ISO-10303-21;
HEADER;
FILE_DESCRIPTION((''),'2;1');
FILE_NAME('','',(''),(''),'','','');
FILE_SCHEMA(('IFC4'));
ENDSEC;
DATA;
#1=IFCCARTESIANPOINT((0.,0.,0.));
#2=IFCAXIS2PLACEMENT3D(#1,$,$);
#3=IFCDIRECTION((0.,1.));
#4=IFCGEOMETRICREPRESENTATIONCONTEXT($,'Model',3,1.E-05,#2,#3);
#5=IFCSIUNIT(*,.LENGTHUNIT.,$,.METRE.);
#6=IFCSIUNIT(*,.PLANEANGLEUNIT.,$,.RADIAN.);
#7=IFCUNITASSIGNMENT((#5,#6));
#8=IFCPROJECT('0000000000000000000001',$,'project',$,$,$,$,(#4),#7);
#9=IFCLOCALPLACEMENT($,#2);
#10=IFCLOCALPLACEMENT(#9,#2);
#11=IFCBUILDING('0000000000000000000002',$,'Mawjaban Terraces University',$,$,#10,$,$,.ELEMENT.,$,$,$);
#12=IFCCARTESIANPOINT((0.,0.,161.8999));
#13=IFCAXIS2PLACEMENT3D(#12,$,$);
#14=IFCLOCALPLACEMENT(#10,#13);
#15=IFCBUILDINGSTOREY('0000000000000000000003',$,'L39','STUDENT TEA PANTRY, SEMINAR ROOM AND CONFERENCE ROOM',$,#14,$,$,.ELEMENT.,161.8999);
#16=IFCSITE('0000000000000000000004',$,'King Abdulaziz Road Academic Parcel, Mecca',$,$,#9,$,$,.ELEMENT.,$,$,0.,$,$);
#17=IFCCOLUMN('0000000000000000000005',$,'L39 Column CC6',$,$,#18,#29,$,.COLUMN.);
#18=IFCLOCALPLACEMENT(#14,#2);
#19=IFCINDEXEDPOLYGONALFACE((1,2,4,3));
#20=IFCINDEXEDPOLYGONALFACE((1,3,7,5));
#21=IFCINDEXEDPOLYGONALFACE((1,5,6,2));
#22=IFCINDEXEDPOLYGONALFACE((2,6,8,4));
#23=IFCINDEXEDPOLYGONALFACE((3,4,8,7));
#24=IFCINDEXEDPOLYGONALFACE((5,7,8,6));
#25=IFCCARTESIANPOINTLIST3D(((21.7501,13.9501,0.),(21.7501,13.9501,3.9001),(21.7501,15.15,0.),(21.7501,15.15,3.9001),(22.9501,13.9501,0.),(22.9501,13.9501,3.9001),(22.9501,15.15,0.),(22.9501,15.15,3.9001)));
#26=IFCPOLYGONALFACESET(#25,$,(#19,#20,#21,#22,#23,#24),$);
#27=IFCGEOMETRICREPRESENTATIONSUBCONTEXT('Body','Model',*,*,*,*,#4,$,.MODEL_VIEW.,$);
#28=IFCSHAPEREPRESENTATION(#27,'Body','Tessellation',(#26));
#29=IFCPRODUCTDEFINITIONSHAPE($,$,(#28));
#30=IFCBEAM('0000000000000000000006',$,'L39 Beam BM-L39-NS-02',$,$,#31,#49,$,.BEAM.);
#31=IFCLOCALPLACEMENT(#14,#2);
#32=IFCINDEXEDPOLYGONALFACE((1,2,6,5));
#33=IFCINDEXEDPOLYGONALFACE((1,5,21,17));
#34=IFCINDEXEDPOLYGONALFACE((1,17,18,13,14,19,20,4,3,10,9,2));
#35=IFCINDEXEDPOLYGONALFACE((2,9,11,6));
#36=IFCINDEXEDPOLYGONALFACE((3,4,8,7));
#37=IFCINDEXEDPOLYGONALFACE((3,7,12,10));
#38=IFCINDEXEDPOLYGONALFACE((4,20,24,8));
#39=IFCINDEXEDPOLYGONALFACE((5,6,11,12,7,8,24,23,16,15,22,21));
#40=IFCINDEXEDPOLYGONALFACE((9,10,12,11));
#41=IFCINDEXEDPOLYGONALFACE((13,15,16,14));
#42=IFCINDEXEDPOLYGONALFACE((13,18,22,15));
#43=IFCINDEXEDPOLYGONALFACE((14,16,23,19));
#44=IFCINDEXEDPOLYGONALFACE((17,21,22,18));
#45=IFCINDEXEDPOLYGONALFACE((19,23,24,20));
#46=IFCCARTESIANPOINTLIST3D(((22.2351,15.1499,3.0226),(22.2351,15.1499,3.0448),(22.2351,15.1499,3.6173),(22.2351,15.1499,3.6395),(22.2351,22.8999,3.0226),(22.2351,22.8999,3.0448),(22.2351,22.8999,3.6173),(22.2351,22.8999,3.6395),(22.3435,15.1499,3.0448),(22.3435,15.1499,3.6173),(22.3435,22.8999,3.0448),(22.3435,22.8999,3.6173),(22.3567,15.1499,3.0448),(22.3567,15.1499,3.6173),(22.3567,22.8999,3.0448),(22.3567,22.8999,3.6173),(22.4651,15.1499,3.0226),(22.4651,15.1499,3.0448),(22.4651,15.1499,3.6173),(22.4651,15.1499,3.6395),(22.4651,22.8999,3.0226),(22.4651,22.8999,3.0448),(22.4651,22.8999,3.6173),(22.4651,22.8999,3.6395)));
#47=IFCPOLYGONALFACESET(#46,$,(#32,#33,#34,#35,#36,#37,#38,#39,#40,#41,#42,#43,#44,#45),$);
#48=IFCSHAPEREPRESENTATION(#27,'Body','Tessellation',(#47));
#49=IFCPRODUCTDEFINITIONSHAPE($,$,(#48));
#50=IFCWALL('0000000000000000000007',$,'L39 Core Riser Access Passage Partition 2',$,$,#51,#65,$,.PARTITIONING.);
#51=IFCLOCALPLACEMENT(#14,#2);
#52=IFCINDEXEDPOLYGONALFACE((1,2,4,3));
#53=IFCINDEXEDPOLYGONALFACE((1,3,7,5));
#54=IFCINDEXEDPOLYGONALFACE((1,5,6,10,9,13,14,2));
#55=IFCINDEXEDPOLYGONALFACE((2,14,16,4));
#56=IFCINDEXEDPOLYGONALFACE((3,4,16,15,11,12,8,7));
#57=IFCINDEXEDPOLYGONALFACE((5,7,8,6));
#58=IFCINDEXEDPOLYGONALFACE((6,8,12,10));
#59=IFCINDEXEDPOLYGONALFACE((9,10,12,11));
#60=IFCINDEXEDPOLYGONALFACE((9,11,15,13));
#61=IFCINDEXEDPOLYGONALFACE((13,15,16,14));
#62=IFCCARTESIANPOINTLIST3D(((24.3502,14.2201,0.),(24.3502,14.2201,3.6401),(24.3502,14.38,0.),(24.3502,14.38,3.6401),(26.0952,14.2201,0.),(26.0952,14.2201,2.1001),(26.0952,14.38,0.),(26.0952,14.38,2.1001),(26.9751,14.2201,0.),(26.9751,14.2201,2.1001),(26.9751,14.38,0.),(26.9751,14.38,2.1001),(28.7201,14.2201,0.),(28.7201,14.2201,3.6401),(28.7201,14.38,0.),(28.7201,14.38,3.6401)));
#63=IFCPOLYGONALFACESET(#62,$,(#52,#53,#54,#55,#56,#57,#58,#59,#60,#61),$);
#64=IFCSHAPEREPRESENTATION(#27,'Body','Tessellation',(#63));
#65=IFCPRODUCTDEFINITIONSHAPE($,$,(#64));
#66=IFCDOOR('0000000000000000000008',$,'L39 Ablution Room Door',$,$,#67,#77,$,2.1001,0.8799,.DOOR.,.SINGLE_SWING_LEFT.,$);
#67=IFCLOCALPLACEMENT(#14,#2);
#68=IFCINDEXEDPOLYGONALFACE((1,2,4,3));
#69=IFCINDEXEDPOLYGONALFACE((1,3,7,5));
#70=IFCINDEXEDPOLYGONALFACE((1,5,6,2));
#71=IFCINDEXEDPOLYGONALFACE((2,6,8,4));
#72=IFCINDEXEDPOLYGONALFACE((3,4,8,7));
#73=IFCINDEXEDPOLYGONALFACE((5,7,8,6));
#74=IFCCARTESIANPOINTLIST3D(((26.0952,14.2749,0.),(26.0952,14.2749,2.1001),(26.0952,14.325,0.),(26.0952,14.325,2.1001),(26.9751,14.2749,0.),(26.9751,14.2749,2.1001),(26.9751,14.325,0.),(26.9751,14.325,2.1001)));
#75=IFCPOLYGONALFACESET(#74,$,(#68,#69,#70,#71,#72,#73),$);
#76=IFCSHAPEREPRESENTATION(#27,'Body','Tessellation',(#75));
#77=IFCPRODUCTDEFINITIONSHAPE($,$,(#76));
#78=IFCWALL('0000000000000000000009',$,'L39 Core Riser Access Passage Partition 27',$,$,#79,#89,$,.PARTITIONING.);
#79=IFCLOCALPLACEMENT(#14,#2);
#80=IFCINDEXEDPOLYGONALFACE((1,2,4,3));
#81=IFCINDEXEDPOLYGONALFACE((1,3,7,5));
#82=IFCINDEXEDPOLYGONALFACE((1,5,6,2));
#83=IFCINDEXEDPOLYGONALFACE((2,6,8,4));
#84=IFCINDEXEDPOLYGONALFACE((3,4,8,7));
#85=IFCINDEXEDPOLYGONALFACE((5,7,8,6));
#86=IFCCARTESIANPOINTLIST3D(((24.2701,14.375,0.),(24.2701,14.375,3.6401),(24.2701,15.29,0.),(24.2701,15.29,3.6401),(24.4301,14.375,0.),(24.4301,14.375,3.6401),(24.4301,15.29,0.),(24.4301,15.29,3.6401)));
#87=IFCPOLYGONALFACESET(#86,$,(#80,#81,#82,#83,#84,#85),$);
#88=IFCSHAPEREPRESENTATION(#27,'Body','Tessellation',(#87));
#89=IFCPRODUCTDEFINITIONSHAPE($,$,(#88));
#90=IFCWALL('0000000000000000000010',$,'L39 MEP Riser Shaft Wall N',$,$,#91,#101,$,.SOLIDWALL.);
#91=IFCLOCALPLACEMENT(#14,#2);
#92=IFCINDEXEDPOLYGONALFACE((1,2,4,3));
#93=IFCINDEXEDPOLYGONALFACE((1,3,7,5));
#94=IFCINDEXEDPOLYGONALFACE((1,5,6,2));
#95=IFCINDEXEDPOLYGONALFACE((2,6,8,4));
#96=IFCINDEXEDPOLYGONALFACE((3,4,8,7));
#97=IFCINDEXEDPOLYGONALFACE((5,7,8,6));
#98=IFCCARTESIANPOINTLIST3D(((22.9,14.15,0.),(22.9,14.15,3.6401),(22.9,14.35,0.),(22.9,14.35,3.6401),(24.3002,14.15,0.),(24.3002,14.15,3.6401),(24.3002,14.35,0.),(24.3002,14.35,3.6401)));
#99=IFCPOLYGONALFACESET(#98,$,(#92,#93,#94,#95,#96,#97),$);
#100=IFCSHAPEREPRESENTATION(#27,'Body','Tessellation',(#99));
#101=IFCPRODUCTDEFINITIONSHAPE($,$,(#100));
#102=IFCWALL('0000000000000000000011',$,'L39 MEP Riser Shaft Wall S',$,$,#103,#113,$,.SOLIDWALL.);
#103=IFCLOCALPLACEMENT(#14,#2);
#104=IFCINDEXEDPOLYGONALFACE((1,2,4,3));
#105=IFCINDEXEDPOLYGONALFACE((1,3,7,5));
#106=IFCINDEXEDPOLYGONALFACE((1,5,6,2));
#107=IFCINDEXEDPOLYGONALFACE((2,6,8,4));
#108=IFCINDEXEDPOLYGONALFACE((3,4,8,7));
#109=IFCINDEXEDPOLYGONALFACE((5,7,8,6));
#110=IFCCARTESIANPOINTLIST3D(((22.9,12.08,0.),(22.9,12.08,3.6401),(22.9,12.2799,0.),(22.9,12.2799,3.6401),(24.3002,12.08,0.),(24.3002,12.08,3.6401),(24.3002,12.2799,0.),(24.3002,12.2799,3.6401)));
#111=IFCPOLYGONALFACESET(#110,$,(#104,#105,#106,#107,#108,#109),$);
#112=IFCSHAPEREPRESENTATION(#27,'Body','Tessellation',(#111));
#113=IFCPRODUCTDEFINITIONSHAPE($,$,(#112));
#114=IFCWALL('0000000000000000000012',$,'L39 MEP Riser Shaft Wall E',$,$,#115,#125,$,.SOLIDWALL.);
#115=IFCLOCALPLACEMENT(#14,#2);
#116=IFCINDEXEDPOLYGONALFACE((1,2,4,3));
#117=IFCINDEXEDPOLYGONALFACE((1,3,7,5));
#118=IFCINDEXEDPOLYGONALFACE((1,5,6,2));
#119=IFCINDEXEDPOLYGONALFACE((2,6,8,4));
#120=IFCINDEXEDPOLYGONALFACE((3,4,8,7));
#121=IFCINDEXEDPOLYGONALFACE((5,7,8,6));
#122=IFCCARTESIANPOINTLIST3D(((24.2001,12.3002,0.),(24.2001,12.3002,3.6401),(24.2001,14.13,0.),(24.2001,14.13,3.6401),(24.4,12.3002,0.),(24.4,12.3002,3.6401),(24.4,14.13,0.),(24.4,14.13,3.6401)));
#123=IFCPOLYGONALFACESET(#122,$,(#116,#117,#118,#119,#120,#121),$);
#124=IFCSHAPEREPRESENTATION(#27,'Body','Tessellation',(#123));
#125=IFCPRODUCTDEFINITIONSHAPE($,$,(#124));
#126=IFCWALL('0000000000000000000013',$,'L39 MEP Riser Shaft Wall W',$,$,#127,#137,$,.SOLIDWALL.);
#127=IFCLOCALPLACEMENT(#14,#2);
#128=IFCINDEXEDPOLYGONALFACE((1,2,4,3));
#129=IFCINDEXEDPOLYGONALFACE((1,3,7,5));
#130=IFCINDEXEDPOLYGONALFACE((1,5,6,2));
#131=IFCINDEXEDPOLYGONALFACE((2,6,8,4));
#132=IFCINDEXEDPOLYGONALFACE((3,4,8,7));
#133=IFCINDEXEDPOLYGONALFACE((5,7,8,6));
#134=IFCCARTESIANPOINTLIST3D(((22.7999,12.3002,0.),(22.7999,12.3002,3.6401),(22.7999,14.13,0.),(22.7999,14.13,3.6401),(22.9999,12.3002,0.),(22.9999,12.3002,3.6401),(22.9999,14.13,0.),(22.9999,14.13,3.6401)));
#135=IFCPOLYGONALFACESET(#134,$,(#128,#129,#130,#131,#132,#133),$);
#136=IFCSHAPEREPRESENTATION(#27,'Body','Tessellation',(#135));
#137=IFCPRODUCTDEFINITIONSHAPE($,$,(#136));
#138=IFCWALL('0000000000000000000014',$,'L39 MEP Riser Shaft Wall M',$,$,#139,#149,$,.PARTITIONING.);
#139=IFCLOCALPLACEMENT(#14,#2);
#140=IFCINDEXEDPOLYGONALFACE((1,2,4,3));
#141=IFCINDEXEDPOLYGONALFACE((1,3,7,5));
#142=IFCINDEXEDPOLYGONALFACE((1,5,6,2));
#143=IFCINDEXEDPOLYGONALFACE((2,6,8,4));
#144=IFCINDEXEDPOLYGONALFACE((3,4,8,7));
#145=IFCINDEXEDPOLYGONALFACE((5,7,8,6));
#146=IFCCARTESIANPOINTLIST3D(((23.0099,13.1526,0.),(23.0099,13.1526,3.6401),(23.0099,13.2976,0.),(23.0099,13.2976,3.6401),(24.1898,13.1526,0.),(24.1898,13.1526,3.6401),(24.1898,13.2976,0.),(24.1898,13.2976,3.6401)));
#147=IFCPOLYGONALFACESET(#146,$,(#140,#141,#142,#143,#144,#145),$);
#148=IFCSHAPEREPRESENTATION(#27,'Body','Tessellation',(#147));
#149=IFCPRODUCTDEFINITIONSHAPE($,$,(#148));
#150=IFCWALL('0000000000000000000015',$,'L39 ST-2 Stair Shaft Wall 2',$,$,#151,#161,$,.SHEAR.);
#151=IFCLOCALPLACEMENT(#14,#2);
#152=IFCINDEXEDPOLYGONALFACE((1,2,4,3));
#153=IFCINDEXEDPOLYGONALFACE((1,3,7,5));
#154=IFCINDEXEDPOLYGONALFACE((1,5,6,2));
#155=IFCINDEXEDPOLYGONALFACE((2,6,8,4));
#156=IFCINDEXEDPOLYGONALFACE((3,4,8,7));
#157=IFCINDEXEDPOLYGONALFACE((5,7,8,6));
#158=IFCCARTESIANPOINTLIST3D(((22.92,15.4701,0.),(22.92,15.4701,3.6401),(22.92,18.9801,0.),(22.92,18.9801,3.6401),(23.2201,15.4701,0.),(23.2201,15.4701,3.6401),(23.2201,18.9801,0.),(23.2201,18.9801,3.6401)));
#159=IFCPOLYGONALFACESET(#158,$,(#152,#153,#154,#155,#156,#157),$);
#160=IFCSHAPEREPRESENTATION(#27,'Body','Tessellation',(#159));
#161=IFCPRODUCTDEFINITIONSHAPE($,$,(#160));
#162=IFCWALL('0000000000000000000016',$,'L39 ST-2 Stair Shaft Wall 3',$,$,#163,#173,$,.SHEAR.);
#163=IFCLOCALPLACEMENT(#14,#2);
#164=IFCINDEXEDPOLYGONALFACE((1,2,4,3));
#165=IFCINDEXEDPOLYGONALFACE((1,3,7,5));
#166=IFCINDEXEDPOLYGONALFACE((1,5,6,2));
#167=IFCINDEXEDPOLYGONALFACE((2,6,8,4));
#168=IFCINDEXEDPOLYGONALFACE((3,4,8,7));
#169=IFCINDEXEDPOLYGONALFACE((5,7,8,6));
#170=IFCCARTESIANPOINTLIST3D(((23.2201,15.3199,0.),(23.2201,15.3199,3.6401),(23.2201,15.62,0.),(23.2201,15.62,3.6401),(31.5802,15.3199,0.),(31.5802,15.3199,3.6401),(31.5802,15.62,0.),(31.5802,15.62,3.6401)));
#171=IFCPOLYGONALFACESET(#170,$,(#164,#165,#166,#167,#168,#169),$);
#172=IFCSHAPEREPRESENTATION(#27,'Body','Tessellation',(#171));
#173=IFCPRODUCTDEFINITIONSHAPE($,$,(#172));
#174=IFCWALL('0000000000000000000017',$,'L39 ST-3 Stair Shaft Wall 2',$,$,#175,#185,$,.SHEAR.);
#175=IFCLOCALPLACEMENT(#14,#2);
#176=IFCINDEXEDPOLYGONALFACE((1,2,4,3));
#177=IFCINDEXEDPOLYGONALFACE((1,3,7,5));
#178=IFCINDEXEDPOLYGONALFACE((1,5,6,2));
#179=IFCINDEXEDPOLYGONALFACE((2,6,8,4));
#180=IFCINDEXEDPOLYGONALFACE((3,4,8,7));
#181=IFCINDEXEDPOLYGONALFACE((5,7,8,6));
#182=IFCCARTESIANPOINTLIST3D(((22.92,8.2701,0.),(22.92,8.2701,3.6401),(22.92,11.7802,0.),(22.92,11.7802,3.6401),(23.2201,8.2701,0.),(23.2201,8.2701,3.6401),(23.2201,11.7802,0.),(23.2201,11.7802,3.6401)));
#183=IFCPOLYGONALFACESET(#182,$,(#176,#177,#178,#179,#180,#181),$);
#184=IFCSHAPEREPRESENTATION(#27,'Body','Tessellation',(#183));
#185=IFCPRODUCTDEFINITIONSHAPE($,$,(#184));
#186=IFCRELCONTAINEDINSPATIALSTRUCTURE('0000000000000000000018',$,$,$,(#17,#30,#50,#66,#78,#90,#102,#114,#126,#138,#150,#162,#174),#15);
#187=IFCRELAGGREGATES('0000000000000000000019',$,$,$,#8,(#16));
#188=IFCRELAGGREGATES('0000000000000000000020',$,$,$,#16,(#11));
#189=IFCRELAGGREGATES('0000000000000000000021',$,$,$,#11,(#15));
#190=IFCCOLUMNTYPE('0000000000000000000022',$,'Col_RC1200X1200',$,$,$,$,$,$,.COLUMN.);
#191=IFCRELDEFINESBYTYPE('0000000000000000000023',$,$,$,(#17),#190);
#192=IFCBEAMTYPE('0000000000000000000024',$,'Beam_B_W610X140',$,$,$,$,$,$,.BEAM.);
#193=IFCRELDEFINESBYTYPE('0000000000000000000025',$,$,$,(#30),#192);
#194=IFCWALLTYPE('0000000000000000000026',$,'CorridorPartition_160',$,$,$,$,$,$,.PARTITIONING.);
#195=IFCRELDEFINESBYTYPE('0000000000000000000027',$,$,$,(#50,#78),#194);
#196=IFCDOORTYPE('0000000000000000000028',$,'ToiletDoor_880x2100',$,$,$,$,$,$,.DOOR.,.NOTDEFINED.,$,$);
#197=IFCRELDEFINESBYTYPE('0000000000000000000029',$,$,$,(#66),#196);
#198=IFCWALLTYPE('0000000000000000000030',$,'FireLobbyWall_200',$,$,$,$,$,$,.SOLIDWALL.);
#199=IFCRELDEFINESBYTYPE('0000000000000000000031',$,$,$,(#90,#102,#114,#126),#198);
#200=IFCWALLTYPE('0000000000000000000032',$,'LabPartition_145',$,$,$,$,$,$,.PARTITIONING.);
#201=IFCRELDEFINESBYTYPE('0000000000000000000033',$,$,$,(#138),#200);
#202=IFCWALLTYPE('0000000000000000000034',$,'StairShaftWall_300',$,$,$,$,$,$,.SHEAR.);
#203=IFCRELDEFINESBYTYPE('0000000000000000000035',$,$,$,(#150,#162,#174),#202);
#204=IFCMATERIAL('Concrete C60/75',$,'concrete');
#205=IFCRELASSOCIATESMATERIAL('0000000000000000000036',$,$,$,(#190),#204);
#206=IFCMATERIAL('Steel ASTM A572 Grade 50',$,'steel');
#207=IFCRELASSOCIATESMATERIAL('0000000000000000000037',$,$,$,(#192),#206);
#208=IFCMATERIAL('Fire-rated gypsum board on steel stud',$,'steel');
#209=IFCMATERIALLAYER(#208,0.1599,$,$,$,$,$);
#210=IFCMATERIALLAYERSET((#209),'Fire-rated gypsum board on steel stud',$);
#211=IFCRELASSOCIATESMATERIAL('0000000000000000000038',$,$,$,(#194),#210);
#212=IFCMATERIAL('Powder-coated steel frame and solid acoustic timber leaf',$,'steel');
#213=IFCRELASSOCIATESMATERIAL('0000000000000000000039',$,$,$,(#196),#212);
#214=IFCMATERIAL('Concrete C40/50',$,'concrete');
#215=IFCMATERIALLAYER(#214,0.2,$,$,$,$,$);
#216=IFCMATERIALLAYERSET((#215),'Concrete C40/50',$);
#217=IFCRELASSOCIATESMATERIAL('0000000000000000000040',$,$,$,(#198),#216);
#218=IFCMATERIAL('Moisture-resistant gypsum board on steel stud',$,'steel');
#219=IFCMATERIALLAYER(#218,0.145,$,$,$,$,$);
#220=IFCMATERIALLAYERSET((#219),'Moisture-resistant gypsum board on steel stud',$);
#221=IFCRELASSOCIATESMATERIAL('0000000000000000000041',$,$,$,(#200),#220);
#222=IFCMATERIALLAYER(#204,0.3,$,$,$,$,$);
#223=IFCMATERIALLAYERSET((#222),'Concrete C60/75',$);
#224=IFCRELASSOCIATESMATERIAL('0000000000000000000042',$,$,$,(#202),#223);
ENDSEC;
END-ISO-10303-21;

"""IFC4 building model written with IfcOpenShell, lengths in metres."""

from ifc_helpers import new_model, si_unit, direction, frame, frame_2d, origin, origin_2d, place, context, subcontext, project, spatial, rectangle, i_section, extrude, material, layer, layer_set, material_profile, profile_set, type_object, element, fill, save


model = new_model("IFC4")

# Units and contexts
model_context = context("Model", 3, precision=1e-05, world=origin(), true_north=direction((0.0, 1.0)))
body_context = subcontext(model_context, "Body", "Model", "MODEL_VIEW")
ifc_project = project(units=[si_unit("LENGTHUNIT", "METRE"), si_unit("PLANEANGLEUNIT", "RADIAN")], contexts=[model_context])

# Site, building, storey
site_placement = place(None, origin())
site = spatial("IfcSite", under=ifc_project, at=site_placement, Name="King Abdulaziz Road Academic Parcel, Mecca", CompositionType="ELEMENT", RefElevation=0.0)
building_placement = place(site_placement, origin())
building = spatial("IfcBuilding", under=site, at=building_placement, Name="Mawjaban Terraces University", CompositionType="ELEMENT")
storey_placement = place(building_placement, frame((0.0, 0.0, 161.8999)))
storey = spatial("IfcBuildingStorey", under=building, at=storey_placement, Name="L39", Description="STUDENT TEA PANTRY, SEMINAR ROOM AND CONFERENCE ROOM", CompositionType="ELEMENT", Elevation=161.8999)

# Column
ifc_material_1 = material(Name="Concrete C60/75", Category="concrete")
ifc_material_profile_1 = material_profile(ifc_material_1, rectangle(XDim=1.2, YDim=1.2, at=origin_2d()), Name="RC1200X1200")
ifc_profile_set_1 = profile_set([ifc_material_profile_1], Name="Concrete C60/75")
column_type = type_object("IfcColumnType", Name="Col_RC1200X1200", PredefinedType="COLUMN", material=ifc_profile_set_1)
column_placement = place(storey_placement, frame((22.3501, 14.55, 0.0), z_axis=(0.0, 0.0, 1.0), x_axis=(1.0, 0.0, 0.0)))
element("IfcColumn", 1, at=column_placement, inside=storey, type_object=column_type, Name="L39 Column CC6", PredefinedType="COLUMN", context=body_context, shape_type="SweptSolid", body=[
    extrude(rectangle(XDim=1.2, YDim=1.2, at=origin_2d()), origin(), (0.0, 0.0, 1.0), 3.9001),
])

# Beam
ifc_material_2 = material(Name="Steel ASTM A572 Grade 50", Category="steel")
ifc_material_profile_2 = material_profile(ifc_material_2, i_section(OverallWidth=0.23, OverallDepth=0.6169, WebThickness=0.0132, FlangeThickness=0.0222, at=origin_2d()), Name="W610X140")
ifc_profile_set_2 = profile_set([ifc_material_profile_2], Name="Steel ASTM A572 Grade 50")
beam_type = type_object("IfcBeamType", Name="Beam_B_W610X140", PredefinedType="BEAM", material=ifc_profile_set_2)
beam_placement = place(storey_placement, frame((22.3501, 15.1499, 3.3311), z_axis=(0.0, 1.0, 0.0), x_axis=(-1.0, 0.0, 0.0)))
element("IfcBeam", 2, at=beam_placement, inside=storey, type_object=beam_type, Name="L39 Beam BM-L39-NS-02", PredefinedType="BEAM", context=body_context, shape_type="SweptSolid", body=[
    extrude(i_section(OverallWidth=0.23, OverallDepth=0.6169, WebThickness=0.0132, FlangeThickness=0.0222, at=origin_2d()), origin(), (0.0, 0.0, 1.0), 7.75),
])

# Wall, opening, door
ifc_material_3 = material(Name="Fire-rated gypsum board on steel stud", Category="steel")
ifc_layer_1 = layer(ifc_material_3, 0.1599)
ifc_layer_set_1 = layer_set([ifc_layer_1], Name="Fire-rated gypsum board on steel stud")
wall_type_1 = type_object("IfcWallType", Name="CorridorPartition_160", PredefinedType="PARTITIONING", material=ifc_layer_set_1)
wall_1_placement = place(storey_placement, frame((24.3501, 14.3, 0.0), z_axis=(0.0, 0.0, 1.0), x_axis=(1.0, 0.0, 0.0)))
wall_1 = element("IfcWall", 3, at=wall_1_placement, inside=storey, type_object=wall_type_1, Name="L39 Core Riser Access Passage Partition 2", PredefinedType="PARTITIONING", context=body_context, shape_type="SweptSolid", body=[
    extrude(rectangle(XDim=4.3699, YDim=0.1599, at=frame_2d((2.1851, 0.0))), origin(), (0.0, 0.0, 1.0), 3.6401),
])
opening_placement = place(wall_1_placement, frame((1.7451, 0.0, 0.0)))
opening = element("IfcOpeningElement", 4, at=opening_placement, cuts=wall_1, PredefinedType="OPENING", context=body_context, shape_type="SweptSolid", body=[
    extrude(rectangle(XDim=0.8799, YDim=2.1001, at=frame_2d((0.4399, 1.05))), frame((0.0, 0.0898, 0.0), z_axis=(0.0, -1.0, 0.0), x_axis=(1.0, 0.0, 0.0)), (0.0, 0.0, 1.0), 0.1799),
])
ifc_material_4 = material(Name="Powder-coated steel frame and solid acoustic timber leaf", Category="steel")
door_type = type_object("IfcDoorType", Name="ToiletDoor_880x2100", OperationType="NOTDEFINED", PredefinedType="DOOR", material=ifc_material_4)
door_placement = place(opening_placement, origin())
door = element("IfcDoor", 5, at=door_placement, inside=storey, type_object=door_type, Name="L39 Ablution Room Door", OperationType="SINGLE_SWING_LEFT", OverallHeight=2.1001, OverallWidth=0.8799, PredefinedType="DOOR", context=body_context, shape_type="SweptSolid", body=[
    extrude(rectangle(XDim=0.8799, YDim=2.1001, at=frame_2d((0.4399, 1.05))), frame((0.0, 0.0249, 0.0), z_axis=(0.0, -1.0, 0.0), x_axis=(1.0, 0.0, 0.0)), (0.0, 0.0, 1.0), 0.05),
])
fill(opening, door)

# Walls
wall_2_placement = place(storey_placement, frame((24.3501, 15.29, 0.0), z_axis=(0.0, 0.0, 1.0), x_axis=(0.0, -1.0, 0.0)))
element("IfcWall", 6, at=wall_2_placement, inside=storey, type_object=wall_type_1, Name="L39 Core Riser Access Passage Partition 27", PredefinedType="PARTITIONING", context=body_context, shape_type="SweptSolid", body=[
    extrude(rectangle(XDim=0.915, YDim=0.1599, at=frame_2d((0.4575, 0.0))), origin(), (0.0, 0.0, 1.0), 3.6401),
])
ifc_material_5 = material(Name="Concrete C40/50", Category="concrete")
ifc_layer_2 = layer(ifc_material_5, 0.2)
ifc_layer_set_2 = layer_set([ifc_layer_2], Name="Concrete C40/50")
wall_type_2 = type_object("IfcWallType", Name="FireLobbyWall_200", PredefinedType="SOLIDWALL", material=ifc_layer_set_2)
for number, where, z_axis, x_axis, name in (
    (7, (22.8999, 14.25, 0.0), (0.0, 0.0, 1.0), (1.0, 0.0, 0.0), "L39 MEP Riser Shaft Wall N"),
    (8, (22.8999, 12.1799, 0.0), (0.0, 0.0, 1.0), (1.0, 0.0, 0.0), "L39 MEP Riser Shaft Wall S"),
):
    element("IfcWall", number, at=place(storey_placement, frame(where, z_axis=z_axis, x_axis=x_axis)), inside=storey, type_object=wall_type_2, Name=name, PredefinedType="SOLIDWALL", context=body_context, shape_type="SweptSolid", body=[
        extrude(rectangle(XDim=1.4001, YDim=0.2, at=frame_2d((0.7002, 0.0))), origin(), (0.0, 0.0, 1.0), 3.6401),
    ])
for number, where, z_axis, x_axis, name in (
    (9, (24.3, 12.3, 0.0), (0.0, 0.0, 1.0), (0.0, 1.0, 0.0), "L39 MEP Riser Shaft Wall E"),
    (10, (22.8999, 12.3, 0.0), (0.0, 0.0, 1.0), (0.0, 1.0, 0.0), "L39 MEP Riser Shaft Wall W"),
):
    element("IfcWall", number, at=place(storey_placement, frame(where, z_axis=z_axis, x_axis=x_axis)), inside=storey, type_object=wall_type_2, Name=name, PredefinedType="SOLIDWALL", context=body_context, shape_type="SweptSolid", body=[
        extrude(rectangle(XDim=1.8298, YDim=0.2, at=frame_2d((0.915, 0.0))), origin(), (0.0, 0.0, 1.0), 3.6401),
    ])
ifc_material_6 = material(Name="Moisture-resistant gypsum board on steel stud", Category="steel")
ifc_layer_3 = layer(ifc_material_6, 0.145)
ifc_layer_set_3 = layer_set([ifc_layer_3], Name="Moisture-resistant gypsum board on steel stud")
wall_type_3 = type_object("IfcWallType", Name="LabPartition_145", PredefinedType="PARTITIONING", material=ifc_layer_set_3)
wall_3_placement = place(storey_placement, frame((23.01, 13.2251, 0.0), z_axis=(0.0, 0.0, 1.0), x_axis=(1.0, 0.0, 0.0)))
element("IfcWall", 11, at=wall_3_placement, inside=storey, type_object=wall_type_3, Name="L39 MEP Riser Shaft Wall M", PredefinedType="PARTITIONING", context=body_context, shape_type="SweptSolid", body=[
    extrude(rectangle(XDim=1.1799, YDim=0.145, at=frame_2d((0.5898, 0.0))), origin(), (0.0, 0.0, 1.0), 3.6401),
])
ifc_layer_4 = layer(ifc_material_1, 0.3)
ifc_layer_set_4 = layer_set([ifc_layer_4], Name="Concrete C60/75")
wall_type_4 = type_object("IfcWallType", Name="StairShaftWall_300", PredefinedType="SHEAR", material=ifc_layer_set_4)
wall_4_placement = place(storey_placement, frame((23.0701, 18.98, 0.0), z_axis=(0.0, 0.0, 1.0), x_axis=(0.0, -1.0, 0.0)))
element("IfcWall", 12, at=wall_4_placement, inside=storey, type_object=wall_type_4, Name="L39 ST-2 Stair Shaft Wall 2", PredefinedType="SHEAR", context=body_context, shape_type="SweptSolid", body=[
    extrude(rectangle(XDim=3.51, YDim=0.3, at=frame_2d((1.7549, 0.0))), origin(), (0.0, 0.0, 1.0), 3.6401),
])
wall_5_placement = place(storey_placement, frame((23.22, 15.47, 0.0), z_axis=(0.0, 0.0, 1.0), x_axis=(1.0, 0.0, 0.0)))
element("IfcWall", 13, at=wall_5_placement, inside=storey, type_object=wall_type_4, Name="L39 ST-2 Stair Shaft Wall 3", PredefinedType="SHEAR", context=body_context, shape_type="SweptSolid", body=[
    extrude(rectangle(XDim=8.3601, YDim=0.3, at=frame_2d((4.1802, 0.0))), origin(), (0.0, 0.0, 1.0), 3.6401),
])
wall_6_placement = place(storey_placement, frame((23.0701, 11.78, 0.0), z_axis=(0.0, 0.0, 1.0), x_axis=(0.0, -1.0, 0.0)))
element("IfcWall", 14, at=wall_6_placement, inside=storey, type_object=wall_type_4, Name="L39 ST-3 Stair Shaft Wall 2", PredefinedType="SHEAR", context=body_context, shape_type="SweptSolid", body=[
    extrude(rectangle(XDim=3.51, YDim=0.3, at=frame_2d((1.7549, 0.0))), origin(), (0.0, 0.0, 1.0), 3.6401),
])

save(model, "model.ifc")
